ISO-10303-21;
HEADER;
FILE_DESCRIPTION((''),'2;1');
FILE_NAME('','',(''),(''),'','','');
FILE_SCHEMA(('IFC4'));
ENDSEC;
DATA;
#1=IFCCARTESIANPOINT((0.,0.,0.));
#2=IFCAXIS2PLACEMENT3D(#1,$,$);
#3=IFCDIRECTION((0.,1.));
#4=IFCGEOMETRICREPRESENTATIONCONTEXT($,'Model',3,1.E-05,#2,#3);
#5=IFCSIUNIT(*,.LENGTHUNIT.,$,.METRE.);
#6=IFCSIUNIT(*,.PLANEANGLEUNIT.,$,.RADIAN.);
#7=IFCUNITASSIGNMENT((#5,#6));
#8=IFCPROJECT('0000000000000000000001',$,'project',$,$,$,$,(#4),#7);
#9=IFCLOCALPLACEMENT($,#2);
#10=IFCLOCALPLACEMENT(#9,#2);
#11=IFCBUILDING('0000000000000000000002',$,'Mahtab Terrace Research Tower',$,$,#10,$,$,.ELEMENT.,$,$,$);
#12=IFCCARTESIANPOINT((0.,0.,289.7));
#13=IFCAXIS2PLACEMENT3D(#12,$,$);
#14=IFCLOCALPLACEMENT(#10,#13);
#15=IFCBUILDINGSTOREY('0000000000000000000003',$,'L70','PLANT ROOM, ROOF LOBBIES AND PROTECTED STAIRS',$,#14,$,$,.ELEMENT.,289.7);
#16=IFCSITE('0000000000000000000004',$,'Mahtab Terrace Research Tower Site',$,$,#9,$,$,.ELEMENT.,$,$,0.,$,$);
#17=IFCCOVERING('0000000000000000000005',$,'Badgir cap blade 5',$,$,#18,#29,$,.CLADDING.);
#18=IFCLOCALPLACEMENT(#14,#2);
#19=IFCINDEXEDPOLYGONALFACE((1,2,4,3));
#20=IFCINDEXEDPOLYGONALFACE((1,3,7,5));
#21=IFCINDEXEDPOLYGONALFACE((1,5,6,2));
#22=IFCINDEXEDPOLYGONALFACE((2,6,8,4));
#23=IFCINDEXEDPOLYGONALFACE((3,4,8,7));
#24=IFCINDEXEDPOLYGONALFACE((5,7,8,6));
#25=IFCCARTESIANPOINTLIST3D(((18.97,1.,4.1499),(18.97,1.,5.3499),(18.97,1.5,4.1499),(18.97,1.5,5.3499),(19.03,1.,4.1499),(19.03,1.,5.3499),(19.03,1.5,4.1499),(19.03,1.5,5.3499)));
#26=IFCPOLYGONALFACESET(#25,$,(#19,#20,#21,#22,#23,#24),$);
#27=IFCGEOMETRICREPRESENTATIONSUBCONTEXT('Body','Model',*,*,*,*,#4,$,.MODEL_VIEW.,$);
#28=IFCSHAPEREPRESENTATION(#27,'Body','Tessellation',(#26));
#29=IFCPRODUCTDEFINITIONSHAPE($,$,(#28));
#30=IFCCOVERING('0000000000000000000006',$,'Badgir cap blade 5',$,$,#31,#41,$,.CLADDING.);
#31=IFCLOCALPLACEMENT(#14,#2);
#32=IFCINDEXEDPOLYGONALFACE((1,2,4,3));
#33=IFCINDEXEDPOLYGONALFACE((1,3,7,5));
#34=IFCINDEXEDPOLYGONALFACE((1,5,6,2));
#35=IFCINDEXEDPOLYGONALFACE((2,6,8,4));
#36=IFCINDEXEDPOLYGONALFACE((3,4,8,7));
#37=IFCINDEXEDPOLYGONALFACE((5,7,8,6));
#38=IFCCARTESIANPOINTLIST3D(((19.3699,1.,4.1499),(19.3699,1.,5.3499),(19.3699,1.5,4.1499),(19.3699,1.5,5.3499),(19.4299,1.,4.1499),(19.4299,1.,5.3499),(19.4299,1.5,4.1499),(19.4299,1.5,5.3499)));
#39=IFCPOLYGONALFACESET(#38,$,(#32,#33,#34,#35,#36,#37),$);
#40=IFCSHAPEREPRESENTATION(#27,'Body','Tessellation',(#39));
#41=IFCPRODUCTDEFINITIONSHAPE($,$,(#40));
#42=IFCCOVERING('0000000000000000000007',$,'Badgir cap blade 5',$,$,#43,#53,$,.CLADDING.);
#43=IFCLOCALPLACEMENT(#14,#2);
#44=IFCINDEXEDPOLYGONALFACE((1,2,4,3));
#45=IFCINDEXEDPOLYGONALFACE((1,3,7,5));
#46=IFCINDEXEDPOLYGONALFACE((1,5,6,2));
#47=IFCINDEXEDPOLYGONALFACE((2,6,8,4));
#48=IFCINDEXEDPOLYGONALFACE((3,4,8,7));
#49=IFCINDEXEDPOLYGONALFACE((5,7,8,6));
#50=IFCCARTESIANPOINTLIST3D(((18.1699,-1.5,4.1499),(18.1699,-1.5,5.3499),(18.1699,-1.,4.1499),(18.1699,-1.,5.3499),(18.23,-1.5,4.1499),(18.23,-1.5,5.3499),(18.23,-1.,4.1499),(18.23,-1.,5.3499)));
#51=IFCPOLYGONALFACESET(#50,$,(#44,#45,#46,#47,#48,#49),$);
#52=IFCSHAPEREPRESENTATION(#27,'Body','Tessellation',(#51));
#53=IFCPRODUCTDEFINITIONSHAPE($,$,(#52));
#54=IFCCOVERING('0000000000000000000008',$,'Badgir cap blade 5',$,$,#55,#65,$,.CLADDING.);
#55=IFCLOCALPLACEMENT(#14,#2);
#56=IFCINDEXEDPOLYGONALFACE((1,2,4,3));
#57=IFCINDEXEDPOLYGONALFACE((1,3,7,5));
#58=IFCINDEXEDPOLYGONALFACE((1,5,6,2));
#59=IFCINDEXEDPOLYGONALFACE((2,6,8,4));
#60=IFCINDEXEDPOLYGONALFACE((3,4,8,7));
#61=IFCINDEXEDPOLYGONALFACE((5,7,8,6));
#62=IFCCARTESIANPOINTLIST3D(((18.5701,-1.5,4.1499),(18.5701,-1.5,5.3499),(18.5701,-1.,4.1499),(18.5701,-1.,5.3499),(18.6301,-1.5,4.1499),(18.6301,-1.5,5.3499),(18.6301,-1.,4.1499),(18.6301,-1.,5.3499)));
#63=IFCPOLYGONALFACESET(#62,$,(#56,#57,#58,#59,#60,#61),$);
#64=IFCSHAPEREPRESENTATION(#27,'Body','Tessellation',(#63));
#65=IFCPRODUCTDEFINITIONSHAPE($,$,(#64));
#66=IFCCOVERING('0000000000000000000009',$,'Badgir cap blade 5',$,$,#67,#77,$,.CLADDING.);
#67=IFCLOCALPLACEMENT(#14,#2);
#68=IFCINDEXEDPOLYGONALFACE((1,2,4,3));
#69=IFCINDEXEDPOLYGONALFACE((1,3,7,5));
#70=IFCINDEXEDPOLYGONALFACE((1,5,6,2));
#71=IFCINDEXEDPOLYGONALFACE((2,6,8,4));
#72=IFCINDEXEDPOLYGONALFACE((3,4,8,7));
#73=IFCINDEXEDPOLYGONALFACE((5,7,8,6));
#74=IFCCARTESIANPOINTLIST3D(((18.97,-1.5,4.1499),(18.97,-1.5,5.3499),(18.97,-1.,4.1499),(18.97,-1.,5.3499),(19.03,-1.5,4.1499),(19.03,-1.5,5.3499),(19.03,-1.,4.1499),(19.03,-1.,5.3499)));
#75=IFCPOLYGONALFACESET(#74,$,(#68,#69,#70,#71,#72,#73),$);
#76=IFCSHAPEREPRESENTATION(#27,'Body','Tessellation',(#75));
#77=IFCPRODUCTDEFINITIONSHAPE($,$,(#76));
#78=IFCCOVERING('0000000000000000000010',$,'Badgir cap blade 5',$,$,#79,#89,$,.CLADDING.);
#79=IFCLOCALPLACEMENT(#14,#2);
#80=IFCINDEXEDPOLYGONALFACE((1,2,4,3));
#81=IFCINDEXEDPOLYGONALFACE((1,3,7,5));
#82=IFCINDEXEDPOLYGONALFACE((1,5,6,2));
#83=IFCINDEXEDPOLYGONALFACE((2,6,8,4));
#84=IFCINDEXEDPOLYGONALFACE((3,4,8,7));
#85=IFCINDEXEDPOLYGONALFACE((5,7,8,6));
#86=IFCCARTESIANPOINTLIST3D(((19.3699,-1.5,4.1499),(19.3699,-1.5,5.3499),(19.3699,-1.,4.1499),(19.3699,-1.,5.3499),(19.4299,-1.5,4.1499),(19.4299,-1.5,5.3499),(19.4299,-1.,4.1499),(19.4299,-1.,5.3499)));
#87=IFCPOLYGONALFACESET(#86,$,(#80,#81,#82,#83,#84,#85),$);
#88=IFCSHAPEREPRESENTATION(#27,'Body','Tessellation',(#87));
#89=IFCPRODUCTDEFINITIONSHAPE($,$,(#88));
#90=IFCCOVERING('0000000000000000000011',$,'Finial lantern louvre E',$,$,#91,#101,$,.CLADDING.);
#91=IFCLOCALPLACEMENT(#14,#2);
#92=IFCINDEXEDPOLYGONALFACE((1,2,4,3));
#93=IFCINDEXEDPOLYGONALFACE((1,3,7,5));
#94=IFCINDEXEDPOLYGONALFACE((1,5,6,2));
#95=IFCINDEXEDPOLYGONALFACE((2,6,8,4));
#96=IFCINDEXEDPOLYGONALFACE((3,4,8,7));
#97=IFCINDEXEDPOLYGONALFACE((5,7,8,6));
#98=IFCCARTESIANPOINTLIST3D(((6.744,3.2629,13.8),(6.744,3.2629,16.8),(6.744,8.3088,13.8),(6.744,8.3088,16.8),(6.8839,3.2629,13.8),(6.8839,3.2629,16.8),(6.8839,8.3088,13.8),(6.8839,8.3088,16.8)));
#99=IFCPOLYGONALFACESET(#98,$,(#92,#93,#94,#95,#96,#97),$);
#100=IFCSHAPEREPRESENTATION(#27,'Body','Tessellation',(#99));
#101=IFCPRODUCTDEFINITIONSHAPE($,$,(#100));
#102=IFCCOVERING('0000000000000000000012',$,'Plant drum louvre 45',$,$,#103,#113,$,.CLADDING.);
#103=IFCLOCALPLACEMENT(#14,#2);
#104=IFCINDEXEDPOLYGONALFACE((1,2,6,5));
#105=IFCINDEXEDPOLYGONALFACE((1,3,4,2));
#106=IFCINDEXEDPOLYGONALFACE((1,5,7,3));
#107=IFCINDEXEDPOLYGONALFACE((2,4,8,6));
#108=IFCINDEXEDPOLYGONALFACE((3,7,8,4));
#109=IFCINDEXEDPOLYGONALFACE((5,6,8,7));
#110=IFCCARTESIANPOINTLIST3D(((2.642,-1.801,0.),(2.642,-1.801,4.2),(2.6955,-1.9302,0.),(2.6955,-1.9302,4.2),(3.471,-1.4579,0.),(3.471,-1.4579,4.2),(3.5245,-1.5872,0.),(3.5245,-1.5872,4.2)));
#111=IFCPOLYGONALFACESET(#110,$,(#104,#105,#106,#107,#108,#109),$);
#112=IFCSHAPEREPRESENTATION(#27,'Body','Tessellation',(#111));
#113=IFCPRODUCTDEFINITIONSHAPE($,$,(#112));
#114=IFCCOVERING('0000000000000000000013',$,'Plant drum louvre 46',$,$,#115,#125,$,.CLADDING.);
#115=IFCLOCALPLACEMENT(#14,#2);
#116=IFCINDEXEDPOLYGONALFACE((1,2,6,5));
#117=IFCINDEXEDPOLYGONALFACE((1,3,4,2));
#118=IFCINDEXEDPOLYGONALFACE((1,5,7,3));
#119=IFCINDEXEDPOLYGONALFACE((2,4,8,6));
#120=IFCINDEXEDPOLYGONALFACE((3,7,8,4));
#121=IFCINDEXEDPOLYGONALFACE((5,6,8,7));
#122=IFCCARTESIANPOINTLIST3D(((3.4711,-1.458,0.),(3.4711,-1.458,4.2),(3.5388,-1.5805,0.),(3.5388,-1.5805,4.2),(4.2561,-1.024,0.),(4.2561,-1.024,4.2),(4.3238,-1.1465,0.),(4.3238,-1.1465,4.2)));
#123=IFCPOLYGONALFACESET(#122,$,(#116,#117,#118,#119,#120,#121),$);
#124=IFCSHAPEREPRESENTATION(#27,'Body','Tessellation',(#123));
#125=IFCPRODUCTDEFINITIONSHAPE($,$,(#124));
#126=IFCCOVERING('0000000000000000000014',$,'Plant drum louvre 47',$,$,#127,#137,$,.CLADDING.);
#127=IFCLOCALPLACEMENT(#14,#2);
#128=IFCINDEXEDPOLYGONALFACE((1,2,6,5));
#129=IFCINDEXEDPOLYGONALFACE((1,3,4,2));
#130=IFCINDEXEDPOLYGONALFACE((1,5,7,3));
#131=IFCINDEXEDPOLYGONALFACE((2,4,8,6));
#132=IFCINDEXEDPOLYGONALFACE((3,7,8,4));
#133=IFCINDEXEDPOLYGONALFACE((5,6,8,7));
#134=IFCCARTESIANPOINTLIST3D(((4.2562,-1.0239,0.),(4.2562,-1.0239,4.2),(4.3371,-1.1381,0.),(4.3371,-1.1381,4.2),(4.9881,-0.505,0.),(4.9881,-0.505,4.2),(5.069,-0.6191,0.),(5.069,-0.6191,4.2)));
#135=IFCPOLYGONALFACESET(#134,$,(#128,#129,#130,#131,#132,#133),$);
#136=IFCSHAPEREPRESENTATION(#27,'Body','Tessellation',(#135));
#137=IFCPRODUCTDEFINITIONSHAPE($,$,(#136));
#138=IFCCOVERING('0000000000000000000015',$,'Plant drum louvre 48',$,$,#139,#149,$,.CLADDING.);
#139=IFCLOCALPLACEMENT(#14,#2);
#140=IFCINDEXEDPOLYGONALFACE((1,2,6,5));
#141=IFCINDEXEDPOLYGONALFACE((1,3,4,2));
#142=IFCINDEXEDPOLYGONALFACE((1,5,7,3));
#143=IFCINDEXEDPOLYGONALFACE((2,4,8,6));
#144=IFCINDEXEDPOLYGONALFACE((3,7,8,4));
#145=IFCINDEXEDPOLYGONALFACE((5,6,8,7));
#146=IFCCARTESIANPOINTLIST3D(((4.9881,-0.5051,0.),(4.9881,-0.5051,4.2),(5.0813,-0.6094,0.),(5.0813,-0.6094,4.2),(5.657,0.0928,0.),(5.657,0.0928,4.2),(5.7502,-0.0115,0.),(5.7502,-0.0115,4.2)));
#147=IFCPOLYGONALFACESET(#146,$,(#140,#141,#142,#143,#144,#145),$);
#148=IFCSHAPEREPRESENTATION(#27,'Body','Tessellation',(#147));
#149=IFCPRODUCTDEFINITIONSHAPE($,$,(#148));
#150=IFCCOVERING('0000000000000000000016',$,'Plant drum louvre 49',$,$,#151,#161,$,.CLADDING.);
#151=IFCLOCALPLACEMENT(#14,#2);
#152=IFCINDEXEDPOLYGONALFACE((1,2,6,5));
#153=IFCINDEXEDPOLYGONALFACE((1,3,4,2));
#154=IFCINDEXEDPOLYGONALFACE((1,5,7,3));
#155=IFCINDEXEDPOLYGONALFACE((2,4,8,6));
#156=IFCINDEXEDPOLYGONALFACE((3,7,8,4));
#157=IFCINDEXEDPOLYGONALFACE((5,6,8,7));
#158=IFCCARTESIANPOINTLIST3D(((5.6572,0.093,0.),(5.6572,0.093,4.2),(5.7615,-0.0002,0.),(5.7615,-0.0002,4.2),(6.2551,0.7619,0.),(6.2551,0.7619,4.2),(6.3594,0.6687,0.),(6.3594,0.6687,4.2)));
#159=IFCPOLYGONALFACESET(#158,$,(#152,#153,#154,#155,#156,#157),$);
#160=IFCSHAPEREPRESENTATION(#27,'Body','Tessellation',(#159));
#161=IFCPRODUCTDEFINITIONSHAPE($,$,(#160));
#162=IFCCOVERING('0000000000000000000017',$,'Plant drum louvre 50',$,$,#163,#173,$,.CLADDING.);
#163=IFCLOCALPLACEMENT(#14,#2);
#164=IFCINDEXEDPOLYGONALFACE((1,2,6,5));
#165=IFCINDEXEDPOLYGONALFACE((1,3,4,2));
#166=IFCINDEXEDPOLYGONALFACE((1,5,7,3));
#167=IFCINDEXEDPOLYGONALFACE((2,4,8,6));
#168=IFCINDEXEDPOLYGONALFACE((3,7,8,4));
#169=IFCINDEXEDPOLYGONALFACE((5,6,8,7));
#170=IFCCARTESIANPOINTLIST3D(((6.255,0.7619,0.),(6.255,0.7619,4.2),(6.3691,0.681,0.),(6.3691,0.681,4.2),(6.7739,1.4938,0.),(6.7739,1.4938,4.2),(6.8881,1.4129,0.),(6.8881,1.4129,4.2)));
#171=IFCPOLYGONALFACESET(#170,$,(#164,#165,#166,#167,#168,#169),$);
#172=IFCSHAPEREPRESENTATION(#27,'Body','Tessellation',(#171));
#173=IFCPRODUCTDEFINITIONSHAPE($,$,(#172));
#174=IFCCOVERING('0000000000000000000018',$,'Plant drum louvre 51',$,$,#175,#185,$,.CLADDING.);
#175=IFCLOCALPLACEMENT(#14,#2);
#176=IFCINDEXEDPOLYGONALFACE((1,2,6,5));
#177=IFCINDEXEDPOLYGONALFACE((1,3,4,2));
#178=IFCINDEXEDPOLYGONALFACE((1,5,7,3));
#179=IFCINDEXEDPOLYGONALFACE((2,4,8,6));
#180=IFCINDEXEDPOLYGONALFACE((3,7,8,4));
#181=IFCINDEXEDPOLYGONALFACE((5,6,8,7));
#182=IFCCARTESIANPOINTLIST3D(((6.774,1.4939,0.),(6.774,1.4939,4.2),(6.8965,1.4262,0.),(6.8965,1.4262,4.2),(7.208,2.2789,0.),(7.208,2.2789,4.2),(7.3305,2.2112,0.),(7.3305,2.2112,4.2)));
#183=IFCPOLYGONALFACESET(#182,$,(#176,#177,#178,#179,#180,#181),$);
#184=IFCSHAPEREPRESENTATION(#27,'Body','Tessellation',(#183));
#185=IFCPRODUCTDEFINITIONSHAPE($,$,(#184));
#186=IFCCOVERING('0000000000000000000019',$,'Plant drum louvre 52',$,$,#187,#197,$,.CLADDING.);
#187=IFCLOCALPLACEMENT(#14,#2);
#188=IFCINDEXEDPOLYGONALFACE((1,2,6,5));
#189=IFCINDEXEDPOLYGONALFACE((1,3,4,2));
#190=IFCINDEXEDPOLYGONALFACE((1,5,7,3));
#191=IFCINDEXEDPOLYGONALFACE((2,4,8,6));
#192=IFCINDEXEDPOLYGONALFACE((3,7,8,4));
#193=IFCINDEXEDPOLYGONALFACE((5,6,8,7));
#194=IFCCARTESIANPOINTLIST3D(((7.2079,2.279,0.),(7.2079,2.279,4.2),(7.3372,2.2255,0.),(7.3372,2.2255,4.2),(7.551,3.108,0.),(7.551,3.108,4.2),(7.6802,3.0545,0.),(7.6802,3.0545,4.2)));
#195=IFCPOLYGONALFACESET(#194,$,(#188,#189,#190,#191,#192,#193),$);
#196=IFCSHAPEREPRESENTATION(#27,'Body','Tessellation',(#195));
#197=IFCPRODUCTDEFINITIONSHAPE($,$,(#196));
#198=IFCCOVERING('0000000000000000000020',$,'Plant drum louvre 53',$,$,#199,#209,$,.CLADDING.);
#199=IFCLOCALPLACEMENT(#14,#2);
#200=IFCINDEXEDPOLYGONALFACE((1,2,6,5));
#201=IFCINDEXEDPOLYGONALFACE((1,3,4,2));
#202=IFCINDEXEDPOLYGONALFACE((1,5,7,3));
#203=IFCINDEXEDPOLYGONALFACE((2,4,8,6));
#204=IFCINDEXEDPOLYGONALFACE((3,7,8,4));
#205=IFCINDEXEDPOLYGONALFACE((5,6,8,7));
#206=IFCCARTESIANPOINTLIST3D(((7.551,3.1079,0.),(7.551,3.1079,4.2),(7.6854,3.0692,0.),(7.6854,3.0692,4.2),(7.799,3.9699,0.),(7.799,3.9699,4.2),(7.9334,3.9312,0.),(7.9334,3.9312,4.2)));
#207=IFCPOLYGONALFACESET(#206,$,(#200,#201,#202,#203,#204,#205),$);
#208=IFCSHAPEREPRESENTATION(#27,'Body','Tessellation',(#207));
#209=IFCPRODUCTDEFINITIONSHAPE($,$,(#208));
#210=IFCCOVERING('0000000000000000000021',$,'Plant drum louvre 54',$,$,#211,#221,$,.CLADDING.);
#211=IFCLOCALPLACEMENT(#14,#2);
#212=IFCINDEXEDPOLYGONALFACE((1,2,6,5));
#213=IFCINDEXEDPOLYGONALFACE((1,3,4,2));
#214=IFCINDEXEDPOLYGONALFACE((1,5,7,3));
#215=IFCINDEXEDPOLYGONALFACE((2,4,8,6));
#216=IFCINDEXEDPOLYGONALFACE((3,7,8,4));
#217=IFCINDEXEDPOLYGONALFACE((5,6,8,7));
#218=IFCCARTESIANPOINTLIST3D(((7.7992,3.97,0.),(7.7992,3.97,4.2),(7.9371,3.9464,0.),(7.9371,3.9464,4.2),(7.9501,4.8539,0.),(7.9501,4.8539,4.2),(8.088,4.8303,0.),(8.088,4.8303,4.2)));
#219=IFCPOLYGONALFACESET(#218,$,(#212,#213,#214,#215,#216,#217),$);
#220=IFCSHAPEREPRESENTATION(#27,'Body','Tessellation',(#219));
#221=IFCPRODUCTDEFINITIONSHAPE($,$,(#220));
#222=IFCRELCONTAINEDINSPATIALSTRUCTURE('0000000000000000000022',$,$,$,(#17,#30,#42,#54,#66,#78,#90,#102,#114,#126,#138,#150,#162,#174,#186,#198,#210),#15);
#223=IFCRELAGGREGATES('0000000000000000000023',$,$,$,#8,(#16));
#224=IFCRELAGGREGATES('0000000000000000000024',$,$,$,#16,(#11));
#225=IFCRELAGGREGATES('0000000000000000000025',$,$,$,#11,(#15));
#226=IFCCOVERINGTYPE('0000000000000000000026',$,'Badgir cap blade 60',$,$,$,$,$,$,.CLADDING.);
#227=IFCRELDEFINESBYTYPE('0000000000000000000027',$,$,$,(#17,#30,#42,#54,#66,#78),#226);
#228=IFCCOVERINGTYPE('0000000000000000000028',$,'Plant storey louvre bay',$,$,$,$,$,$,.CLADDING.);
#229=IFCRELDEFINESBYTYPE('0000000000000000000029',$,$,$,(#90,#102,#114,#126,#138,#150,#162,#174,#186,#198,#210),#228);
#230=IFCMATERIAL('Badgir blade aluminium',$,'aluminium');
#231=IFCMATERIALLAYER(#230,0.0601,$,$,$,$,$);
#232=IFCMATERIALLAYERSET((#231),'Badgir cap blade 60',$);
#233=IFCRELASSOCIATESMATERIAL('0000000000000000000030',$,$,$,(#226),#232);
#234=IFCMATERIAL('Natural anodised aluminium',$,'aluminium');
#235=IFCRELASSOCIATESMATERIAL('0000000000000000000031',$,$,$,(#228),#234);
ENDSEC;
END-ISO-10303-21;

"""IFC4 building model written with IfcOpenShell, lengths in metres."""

from ifc_helpers import new_model, si_unit, direction, frame, origin, origin_2d, place, context, subcontext, project, spatial, rectangle, extrude, material, layer, layer_set, type_object, element, save


model = new_model("IFC4")

# Units and contexts
model_context = context("Model", 3, precision=1e-05, world=origin(), true_north=direction((0.0, 1.0)))
body_context = subcontext(model_context, "Body", "Model", "MODEL_VIEW")
ifc_project = project(units=[si_unit("LENGTHUNIT", "METRE"), si_unit("PLANEANGLEUNIT", "RADIAN")], contexts=[model_context])

# Site, building, storey
site_placement = place(None, origin())
site = spatial("IfcSite", under=ifc_project, at=site_placement, Name="Mahtab Terrace Research Tower Site", CompositionType="ELEMENT", RefElevation=0.0)
building_placement = place(site_placement, origin())
building = spatial("IfcBuilding", under=site, at=building_placement, Name="Mahtab Terrace Research Tower", CompositionType="ELEMENT")
storey_placement = place(building_placement, frame((0.0, 0.0, 289.7)))
storey = spatial("IfcBuildingStorey", under=building, at=storey_placement, Name="L70", Description="PLANT ROOM, ROOF LOBBIES AND PROTECTED STAIRS", CompositionType="ELEMENT", Elevation=289.7)

# Coverings
ifc_material_1 = material(Name="Badgir blade aluminium", Category="aluminium")
ifc_layer_1 = layer(ifc_material_1, 0.0601)
ifc_layer_set_1 = layer_set([ifc_layer_1], Name="Badgir cap blade 60")
covering_type_1 = type_object("IfcCoveringType", Name="Badgir cap blade 60", PredefinedType="CLADDING", material=ifc_layer_set_1)
for number, where, z_axis, x_axis, name in (
    (1, (19.0, 1.25, 4.1499), (0.0, 0.0, 1.0), (1.0, 0.0, 0.0), "Badgir cap blade 5"),
    (2, (19.3999, 1.25, 4.1499), (0.0, 0.0, 1.0), (1.0, 0.0, 0.0), "Badgir cap blade 5"),
    (3, (18.2, -1.25, 4.1499), (0.0, 0.0, 1.0), (1.0, 0.0, 0.0), "Badgir cap blade 5"),
    (4, (18.6001, -1.25, 4.1499), (0.0, 0.0, 1.0), (1.0, 0.0, 0.0), "Badgir cap blade 5"),
    (5, (19.0, -1.25, 4.1499), (0.0, 0.0, 1.0), (1.0, 0.0, 0.0), "Badgir cap blade 5"),
    (6, (19.3999, -1.25, 4.1499), (0.0, 0.0, 1.0), (1.0, 0.0, 0.0), "Badgir cap blade 5"),
):
    element("IfcCovering", number, at=place(storey_placement, frame(where, z_axis=z_axis, x_axis=x_axis)), inside=storey, type_object=covering_type_1, Name=name, PredefinedType="CLADDING", context=body_context, shape_type="SweptSolid", body=[
        extrude(rectangle(XDim=0.0601, YDim=0.5, at=origin_2d()), origin(), (0.0, 0.0, 1.0), 1.2),
    ])
ifc_material_2 = material(Name="Natural anodised aluminium", Category="aluminium")
covering_type_2 = type_object("IfcCoveringType", Name="Plant storey louvre bay", PredefinedType="CLADDING", material=ifc_material_2)
covering_1_placement = place(storey_placement, frame((6.814, 5.7859, 13.8), z_axis=(0.0, 0.0, 1.0), x_axis=(1.0, 0.0, 0.0)))
element("IfcCovering", 7, at=covering_1_placement, inside=storey, type_object=covering_type_2, Name="Finial lantern louvre E", PredefinedType="CLADDING", context=body_context, shape_type="SweptSolid", body=[
    extrude(rectangle(XDim=0.1399, YDim=5.0459, at=origin_2d()), origin(), (0.0, 0.0, 1.0), 3.0),
])
covering_2_placement = place(storey_placement, frame((3.0833, -1.6941, 0.0), z_axis=(0.0, 0.0, 1.0), x_axis=(0.92403, 0.382319, 0.0)))
element("IfcCovering", 8, at=covering_2_placement, inside=storey, type_object=covering_type_2, Name="Plant drum louvre 45", PredefinedType="CLADDING", context=body_context, shape_type="SweptSolid", body=[
    extrude(rectangle(XDim=0.8972, YDim=0.1399, at=origin_2d()), origin(), (0.0, 0.0, 1.0), 4.2),
])
covering_3_placement = place(storey_placement, frame((3.8975, -1.3022, 0.0), z_axis=(0.0, 0.0, 1.0), x_axis=(0.875155, 0.483843, 0.0)))
element("IfcCovering", 9, at=covering_3_placement, inside=storey, type_object=covering_type_2, Name="Plant drum louvre 46", PredefinedType="CLADDING", context=body_context, shape_type="SweptSolid", body=[
    extrude(rectangle(XDim=0.897, YDim=0.1399, at=origin_2d()), origin(), (0.0, 0.0, 1.0), 4.2),
])
for number, where, z_axis, x_axis, name in (
    (10, (4.6626, -0.8215, 0.0), (0.0, 0.0, 1.0), (0.815762, 0.578388, 0.0), "Plant drum louvre 47"),
    (11, (5.3691, -0.2583, 0.0), (0.0, 0.0, 1.0), (0.745562, 0.666436, 0.0), "Plant drum louvre 48"),
    (12, (6.0083, 0.3809, 0.0), (0.0, 0.0, 1.0), (0.666436, 0.745562, 0.0), "Plant drum louvre 49"),
    (13, (6.5715, 1.0874, 0.0), (0.0, 0.0, 1.0), (0.578388, 0.815762, 0.0), "Plant drum louvre 50"),
):
    element("IfcCovering", number, at=place(storey_placement, frame(where, z_axis=z_axis, x_axis=x_axis)), inside=storey, type_object=covering_type_2, Name=name, PredefinedType="CLADDING", context=body_context, shape_type="SweptSolid", body=[
        extrude(rectangle(XDim=0.8972, YDim=0.1399, at=origin_2d()), origin(), (0.0, 0.0, 1.0), 4.2),
    ])
covering_4_placement = place(storey_placement, frame((7.0522, 1.8525, 0.0), z_axis=(0.0, 0.0, 1.0), x_axis=(0.483843, 0.875155, 0.0)))
element("IfcCovering", 14, at=covering_4_placement, inside=storey, type_object=covering_type_2, Name="Plant drum louvre 51", PredefinedType="CLADDING", context=body_context, shape_type="SweptSolid", body=[
    extrude(rectangle(XDim=0.897, YDim=0.1399, at=origin_2d()), origin(), (0.0, 0.0, 1.0), 4.2),
])
covering_5_placement = place(storey_placement, frame((7.4441, 2.6667, 0.0), z_axis=(0.0, 0.0, 1.0), x_axis=(0.382319, 0.92403, 0.0)))
element("IfcCovering", 15, at=covering_5_placement, inside=storey, type_object=covering_type_2, Name="Plant drum louvre 52", PredefinedType="CLADDING", context=body_context, shape_type="SweptSolid", body=[
    extrude(rectangle(XDim=0.8972, YDim=0.1399, at=origin_2d()), origin(), (0.0, 0.0, 1.0), 4.2),
])
covering_6_placement = place(storey_placement, frame((7.7422, 3.5195, 0.0), z_axis=(0.0, 0.0, 1.0), x_axis=(0.276488, 0.961017, 0.0)))
element("IfcCovering", 16, at=covering_6_placement, inside=storey, type_object=covering_type_2, Name="Plant drum louvre 53", PredefinedType="CLADDING", context=body_context, shape_type="SweptSolid", body=[
    extrude(rectangle(XDim=0.897, YDim=0.1399, at=origin_2d()), origin(), (0.0, 0.0, 1.0), 4.2),
])
covering_7_placement = place(storey_placement, frame((7.9436, 4.4001, 0.0), z_axis=(0.0, 0.0, 1.0), x_axis=(0.168376, 0.985723, 0.0)))
element("IfcCovering", 17, at=covering_7_placement, inside=storey, type_object=covering_type_2, Name="Plant drum louvre 54", PredefinedType="CLADDING", context=body_context, shape_type="SweptSolid", body=[
    extrude(rectangle(XDim=0.8967, YDim=0.1399, at=origin_2d()), origin(), (0.0, 0.0, 1.0), 4.2),
])

save(model, "model.ifc")
